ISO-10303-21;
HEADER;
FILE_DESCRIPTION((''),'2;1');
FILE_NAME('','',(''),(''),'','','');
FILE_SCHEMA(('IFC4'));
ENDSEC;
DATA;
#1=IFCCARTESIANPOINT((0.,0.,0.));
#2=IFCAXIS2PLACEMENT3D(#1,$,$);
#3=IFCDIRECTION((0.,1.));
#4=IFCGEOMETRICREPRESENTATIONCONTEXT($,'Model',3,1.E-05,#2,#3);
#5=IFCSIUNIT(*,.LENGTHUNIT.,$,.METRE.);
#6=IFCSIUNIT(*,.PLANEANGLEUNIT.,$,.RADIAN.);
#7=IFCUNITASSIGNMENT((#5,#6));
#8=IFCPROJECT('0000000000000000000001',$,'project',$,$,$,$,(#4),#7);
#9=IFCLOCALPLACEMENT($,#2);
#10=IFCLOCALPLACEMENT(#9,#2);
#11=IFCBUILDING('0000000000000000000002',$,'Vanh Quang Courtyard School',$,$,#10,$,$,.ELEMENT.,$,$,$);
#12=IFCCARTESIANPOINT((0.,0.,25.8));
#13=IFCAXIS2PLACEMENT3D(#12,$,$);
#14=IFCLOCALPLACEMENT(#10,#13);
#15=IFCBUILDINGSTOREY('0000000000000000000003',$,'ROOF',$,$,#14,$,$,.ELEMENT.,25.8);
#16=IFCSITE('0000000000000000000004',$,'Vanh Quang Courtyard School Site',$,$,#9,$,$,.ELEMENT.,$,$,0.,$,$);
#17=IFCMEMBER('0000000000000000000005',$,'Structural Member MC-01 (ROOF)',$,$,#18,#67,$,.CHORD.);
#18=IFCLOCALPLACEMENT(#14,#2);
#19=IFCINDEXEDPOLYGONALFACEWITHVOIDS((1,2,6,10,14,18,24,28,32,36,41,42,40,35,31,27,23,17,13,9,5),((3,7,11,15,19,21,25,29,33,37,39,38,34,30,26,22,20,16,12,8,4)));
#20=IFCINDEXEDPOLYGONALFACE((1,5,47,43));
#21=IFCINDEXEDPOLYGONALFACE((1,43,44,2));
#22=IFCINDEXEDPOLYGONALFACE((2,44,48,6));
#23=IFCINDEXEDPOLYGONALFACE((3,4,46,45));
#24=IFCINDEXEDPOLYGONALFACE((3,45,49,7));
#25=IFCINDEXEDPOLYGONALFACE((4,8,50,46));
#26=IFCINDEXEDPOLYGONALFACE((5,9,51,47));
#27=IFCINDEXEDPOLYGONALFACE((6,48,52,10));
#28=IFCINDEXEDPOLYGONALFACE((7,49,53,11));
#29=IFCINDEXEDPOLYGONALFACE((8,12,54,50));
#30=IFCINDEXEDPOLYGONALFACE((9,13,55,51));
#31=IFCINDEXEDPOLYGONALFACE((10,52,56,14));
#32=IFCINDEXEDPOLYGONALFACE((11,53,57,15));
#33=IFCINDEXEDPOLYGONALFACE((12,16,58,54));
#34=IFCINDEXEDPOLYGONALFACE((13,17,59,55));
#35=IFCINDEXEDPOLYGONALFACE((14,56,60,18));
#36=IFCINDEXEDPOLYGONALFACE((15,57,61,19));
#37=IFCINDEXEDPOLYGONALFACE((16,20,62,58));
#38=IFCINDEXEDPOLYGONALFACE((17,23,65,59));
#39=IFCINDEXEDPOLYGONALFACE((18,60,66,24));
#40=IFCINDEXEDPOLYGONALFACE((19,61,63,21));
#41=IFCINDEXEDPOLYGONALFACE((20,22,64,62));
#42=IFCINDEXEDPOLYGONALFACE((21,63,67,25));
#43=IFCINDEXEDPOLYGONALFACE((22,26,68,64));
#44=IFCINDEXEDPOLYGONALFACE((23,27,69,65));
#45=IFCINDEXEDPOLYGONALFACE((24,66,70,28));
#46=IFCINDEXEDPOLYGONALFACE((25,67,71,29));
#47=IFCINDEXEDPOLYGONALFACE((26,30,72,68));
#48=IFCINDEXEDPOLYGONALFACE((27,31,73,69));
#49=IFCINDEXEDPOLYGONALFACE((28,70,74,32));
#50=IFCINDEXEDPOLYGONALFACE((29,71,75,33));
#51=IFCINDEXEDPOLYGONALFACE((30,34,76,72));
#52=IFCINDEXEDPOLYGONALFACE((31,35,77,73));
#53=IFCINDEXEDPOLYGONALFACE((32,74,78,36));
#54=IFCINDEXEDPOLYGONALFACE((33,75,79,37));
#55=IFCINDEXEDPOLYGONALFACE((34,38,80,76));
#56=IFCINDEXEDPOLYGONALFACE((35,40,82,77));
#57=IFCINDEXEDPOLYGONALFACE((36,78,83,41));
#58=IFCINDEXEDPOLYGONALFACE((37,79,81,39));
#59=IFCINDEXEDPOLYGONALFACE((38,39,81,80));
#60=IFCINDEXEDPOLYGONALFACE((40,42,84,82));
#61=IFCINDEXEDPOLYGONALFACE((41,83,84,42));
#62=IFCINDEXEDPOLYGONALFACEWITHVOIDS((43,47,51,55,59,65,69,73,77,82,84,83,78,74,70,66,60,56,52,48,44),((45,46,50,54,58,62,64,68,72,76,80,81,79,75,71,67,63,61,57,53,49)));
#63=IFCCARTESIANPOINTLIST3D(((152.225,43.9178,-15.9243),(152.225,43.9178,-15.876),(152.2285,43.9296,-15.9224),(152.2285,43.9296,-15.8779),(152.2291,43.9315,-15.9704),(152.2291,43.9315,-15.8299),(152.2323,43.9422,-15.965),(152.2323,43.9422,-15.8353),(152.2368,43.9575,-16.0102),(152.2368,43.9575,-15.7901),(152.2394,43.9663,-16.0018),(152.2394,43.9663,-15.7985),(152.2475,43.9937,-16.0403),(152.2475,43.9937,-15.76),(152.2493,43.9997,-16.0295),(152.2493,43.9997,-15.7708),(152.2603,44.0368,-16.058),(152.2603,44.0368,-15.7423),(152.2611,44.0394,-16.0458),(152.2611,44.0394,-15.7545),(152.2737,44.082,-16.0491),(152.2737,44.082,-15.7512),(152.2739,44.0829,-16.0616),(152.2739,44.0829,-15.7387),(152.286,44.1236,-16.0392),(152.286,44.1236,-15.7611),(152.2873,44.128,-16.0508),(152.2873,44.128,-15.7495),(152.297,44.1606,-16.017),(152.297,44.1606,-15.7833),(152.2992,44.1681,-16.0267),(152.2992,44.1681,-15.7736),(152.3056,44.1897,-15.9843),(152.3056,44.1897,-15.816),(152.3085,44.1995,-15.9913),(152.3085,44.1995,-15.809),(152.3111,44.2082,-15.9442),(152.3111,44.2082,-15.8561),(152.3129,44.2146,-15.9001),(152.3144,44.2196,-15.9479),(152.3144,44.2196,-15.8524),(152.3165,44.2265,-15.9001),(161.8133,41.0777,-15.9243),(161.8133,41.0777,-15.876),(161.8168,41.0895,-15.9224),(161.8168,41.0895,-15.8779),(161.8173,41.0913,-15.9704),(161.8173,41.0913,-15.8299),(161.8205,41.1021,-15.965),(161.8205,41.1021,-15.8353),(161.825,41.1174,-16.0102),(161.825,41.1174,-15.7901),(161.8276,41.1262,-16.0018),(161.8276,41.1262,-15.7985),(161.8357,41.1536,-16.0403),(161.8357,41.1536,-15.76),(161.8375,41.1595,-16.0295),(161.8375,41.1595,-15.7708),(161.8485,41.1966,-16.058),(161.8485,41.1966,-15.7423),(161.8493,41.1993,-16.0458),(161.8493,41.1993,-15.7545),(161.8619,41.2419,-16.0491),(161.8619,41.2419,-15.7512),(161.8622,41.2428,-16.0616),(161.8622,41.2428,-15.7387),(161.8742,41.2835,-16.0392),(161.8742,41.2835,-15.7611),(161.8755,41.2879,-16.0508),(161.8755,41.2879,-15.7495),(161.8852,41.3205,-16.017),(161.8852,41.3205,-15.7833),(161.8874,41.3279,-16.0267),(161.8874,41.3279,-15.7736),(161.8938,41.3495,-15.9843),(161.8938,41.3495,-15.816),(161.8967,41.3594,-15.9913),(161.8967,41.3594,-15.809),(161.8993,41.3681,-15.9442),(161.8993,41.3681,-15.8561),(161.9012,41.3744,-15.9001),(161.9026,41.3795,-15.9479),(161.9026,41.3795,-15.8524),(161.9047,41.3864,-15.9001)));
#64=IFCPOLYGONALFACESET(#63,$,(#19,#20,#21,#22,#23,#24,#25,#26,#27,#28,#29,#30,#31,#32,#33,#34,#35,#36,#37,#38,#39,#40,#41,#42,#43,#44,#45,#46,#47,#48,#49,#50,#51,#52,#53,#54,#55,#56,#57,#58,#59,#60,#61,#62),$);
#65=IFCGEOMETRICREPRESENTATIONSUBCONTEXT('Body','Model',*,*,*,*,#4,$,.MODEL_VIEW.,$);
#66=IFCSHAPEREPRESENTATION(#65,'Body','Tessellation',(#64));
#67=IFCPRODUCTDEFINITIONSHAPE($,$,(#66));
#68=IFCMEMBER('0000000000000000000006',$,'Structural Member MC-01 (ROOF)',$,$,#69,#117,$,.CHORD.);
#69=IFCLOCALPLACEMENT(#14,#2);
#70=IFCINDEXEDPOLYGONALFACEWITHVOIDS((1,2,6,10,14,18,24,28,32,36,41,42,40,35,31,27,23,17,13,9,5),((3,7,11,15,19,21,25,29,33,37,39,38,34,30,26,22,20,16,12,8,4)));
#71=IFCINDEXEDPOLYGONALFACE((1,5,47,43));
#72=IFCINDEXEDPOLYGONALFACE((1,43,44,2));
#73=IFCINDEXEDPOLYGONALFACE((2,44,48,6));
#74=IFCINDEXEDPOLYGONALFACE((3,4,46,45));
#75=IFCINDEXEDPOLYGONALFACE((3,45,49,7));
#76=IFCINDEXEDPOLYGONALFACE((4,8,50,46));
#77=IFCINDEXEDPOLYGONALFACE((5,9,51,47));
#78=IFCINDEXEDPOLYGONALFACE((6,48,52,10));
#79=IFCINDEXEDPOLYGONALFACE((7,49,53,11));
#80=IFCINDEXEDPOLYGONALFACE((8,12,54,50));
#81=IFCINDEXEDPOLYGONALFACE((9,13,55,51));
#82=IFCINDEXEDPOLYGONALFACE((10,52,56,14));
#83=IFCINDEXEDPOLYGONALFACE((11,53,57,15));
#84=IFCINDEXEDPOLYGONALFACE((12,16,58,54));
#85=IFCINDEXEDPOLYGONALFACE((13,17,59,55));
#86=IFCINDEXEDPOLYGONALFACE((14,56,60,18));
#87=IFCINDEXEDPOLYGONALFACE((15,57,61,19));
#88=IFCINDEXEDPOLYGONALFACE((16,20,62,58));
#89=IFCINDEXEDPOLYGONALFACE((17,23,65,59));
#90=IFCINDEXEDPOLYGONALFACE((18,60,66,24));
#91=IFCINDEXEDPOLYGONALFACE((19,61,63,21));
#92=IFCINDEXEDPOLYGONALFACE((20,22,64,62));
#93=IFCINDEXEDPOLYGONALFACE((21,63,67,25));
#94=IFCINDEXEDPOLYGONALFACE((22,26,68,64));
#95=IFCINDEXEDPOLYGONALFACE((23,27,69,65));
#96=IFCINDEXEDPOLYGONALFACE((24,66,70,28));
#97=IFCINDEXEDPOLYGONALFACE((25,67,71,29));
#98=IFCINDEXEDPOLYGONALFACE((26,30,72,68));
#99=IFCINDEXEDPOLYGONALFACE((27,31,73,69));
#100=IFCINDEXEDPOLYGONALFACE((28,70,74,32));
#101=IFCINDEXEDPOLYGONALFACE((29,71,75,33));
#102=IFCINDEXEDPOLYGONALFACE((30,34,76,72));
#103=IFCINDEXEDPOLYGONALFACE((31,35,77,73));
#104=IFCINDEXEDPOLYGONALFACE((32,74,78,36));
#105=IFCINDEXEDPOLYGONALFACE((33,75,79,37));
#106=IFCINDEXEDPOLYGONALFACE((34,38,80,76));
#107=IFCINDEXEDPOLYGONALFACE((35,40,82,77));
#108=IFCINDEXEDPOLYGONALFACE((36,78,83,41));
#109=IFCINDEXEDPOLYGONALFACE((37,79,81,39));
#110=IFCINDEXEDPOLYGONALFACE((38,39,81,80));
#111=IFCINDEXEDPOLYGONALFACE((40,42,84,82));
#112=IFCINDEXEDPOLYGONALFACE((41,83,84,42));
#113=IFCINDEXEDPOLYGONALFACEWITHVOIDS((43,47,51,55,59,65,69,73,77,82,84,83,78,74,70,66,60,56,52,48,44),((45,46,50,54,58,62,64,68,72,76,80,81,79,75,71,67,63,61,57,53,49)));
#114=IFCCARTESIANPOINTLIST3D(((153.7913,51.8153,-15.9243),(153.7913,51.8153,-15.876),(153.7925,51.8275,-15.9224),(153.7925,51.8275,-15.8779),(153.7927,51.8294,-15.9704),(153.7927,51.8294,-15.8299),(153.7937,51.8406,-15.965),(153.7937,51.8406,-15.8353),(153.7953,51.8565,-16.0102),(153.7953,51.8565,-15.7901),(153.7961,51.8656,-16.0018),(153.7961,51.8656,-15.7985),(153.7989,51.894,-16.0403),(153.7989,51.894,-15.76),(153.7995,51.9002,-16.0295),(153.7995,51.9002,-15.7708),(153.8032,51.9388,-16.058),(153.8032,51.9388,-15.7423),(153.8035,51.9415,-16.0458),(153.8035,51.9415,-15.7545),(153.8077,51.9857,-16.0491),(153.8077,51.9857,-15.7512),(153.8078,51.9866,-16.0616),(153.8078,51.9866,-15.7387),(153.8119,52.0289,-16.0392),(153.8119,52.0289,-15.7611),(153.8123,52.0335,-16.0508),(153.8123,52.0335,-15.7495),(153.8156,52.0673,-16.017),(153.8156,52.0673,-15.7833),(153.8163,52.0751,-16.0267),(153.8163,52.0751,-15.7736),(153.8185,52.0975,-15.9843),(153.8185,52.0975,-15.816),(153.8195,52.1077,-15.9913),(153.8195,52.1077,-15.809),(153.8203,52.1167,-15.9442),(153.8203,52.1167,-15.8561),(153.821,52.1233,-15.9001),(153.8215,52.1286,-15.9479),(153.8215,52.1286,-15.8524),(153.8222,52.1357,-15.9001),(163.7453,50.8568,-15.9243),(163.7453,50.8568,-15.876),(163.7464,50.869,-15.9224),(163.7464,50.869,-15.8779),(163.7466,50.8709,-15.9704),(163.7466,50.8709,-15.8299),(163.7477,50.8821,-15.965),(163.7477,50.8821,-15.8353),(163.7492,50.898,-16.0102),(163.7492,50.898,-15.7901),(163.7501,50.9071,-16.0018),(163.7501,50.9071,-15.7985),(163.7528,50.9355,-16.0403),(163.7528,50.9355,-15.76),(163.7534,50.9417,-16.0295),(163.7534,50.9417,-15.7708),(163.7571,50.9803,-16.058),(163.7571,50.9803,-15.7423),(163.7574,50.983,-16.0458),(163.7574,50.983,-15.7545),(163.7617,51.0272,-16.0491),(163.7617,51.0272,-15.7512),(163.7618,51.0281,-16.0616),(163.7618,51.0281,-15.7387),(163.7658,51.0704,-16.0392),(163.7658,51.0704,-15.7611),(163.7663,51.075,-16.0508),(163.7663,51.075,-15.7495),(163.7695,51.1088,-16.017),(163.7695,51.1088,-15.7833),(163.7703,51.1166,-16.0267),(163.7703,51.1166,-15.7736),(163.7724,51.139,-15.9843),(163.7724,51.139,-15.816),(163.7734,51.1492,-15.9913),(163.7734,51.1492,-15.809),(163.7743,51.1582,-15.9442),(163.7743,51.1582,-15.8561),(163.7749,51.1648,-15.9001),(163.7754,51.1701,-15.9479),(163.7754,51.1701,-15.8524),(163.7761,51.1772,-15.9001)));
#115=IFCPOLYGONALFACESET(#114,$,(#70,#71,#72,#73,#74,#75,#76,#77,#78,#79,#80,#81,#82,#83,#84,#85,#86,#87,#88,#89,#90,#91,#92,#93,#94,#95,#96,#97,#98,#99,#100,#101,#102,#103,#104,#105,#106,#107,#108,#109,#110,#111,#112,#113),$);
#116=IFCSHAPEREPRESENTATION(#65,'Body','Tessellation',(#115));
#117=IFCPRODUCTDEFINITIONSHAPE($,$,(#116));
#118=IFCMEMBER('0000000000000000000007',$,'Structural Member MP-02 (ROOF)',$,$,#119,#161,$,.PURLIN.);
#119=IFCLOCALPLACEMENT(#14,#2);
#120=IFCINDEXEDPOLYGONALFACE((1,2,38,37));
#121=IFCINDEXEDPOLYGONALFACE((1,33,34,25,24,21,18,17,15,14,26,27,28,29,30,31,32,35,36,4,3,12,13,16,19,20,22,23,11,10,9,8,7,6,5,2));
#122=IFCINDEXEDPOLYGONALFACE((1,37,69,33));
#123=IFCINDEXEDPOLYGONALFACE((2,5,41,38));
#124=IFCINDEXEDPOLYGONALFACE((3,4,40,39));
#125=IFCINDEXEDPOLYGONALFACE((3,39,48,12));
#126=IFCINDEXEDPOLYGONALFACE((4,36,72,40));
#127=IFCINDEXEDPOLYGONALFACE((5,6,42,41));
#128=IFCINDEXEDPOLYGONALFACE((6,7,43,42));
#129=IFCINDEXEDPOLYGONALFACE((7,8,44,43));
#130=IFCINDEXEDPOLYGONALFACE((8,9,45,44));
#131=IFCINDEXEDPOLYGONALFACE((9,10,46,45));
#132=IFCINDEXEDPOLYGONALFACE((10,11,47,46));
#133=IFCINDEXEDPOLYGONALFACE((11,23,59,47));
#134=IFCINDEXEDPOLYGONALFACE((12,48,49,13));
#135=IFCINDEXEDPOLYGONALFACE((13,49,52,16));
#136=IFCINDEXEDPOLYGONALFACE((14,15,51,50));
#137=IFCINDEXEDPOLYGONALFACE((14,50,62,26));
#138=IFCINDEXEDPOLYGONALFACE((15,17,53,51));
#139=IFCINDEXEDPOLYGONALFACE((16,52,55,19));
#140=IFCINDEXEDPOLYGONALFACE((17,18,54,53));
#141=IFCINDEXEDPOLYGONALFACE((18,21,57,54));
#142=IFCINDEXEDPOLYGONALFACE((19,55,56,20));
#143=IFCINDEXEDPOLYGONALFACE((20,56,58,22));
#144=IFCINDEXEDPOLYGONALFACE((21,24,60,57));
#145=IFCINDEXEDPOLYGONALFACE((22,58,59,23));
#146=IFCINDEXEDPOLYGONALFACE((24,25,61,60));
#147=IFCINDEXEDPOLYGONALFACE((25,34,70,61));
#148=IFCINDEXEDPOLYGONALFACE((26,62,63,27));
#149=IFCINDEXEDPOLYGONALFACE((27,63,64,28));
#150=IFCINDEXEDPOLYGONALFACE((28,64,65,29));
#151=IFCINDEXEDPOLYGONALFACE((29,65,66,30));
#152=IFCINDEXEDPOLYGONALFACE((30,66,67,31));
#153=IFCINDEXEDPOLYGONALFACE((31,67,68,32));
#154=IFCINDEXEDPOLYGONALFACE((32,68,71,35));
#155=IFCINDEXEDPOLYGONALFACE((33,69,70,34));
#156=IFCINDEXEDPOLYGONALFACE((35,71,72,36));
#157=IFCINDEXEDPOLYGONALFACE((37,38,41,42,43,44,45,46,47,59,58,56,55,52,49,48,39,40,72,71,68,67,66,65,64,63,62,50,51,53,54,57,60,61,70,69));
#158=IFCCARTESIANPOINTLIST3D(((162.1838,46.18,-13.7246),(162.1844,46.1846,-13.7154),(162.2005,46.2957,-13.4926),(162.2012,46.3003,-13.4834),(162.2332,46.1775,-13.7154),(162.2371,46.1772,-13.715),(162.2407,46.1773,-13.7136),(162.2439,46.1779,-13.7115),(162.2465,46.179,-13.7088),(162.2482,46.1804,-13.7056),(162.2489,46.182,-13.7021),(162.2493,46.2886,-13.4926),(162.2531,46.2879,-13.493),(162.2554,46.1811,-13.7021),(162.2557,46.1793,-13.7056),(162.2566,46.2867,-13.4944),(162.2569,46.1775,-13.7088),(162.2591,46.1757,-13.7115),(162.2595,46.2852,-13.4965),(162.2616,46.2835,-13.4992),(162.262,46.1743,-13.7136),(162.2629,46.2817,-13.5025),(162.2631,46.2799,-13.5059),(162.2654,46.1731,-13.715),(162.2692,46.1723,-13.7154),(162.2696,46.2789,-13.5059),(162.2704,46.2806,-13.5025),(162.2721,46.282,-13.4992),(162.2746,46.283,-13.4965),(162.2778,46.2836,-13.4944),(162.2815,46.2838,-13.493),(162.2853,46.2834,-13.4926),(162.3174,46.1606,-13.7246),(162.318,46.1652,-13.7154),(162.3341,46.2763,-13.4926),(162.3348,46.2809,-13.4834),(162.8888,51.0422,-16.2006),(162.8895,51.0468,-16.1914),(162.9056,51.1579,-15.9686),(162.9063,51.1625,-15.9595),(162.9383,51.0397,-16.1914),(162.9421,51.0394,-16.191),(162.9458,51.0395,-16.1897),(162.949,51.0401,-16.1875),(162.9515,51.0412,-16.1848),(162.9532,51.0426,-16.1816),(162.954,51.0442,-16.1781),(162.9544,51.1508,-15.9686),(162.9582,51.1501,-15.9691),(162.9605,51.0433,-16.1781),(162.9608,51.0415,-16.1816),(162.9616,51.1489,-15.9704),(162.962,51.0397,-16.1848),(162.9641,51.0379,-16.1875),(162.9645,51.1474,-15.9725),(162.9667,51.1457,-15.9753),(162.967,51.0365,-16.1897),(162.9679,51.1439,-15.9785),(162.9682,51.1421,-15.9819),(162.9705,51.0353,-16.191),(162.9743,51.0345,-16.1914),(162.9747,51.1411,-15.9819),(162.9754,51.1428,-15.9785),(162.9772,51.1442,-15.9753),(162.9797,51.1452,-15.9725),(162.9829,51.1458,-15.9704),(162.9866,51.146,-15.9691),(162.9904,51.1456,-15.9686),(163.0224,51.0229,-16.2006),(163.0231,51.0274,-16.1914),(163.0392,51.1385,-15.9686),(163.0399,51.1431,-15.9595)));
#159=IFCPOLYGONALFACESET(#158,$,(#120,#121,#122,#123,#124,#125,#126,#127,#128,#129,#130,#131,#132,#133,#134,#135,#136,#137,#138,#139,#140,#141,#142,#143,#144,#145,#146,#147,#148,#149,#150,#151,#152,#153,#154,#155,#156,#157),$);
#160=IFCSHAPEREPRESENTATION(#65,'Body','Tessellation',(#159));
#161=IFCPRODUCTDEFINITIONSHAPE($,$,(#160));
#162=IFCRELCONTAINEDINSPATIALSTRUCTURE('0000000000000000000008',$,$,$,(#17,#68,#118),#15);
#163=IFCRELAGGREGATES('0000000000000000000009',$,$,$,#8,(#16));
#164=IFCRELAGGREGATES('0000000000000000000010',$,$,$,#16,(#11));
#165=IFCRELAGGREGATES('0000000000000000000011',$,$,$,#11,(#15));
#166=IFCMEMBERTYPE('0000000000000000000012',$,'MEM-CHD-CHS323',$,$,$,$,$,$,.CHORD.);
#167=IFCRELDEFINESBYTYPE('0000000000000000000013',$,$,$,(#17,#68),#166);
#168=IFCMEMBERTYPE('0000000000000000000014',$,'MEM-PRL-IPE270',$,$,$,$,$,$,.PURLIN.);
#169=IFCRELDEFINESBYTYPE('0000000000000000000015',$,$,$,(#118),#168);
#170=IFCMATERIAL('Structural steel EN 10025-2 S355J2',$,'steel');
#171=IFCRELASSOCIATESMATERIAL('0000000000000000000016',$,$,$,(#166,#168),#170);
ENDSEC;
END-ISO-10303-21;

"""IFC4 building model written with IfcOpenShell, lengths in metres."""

from ifc_helpers import new_model, si_unit, direction, frame, origin, origin_2d, place, context, subcontext, project, spatial, hollow_circle, i_section, extrude, material, material_profile, profile_set, type_object, element, save


model = new_model("IFC4")

# Units and contexts
model_context = context("Model", 3, precision=1e-05, world=origin(), true_north=direction((0.0, 1.0)))
body_context = subcontext(model_context, "Body", "Model", "MODEL_VIEW")
ifc_project = project(units=[si_unit("LENGTHUNIT", "METRE"), si_unit("PLANEANGLEUNIT", "RADIAN")], contexts=[model_context])

# Site, building, storey
site_placement = place(None, origin())
site = spatial("IfcSite", under=ifc_project, at=site_placement, Name="Vanh Quang Courtyard School Site", CompositionType="ELEMENT", RefElevation=0.0)
building_placement = place(site_placement, origin())
building = spatial("IfcBuilding", under=site, at=building_placement, Name="Vanh Quang Courtyard School", CompositionType="ELEMENT")
storey_placement = place(building_placement, frame((0.0, 0.0, 25.8)))
storey = spatial("IfcBuildingStorey", under=building, at=storey_placement, Name="ROOF", CompositionType="ELEMENT", Elevation=25.8)

# Shared definitions
ifc_material_1 = material(Name="Structural steel EN 10025-2 S355J2", Category="steel")

# Members
ifc_material_profile_1 = material_profile(ifc_material_1, hollow_circle(Radius=0.1619, WallThickness=0.0125, at=origin_2d()), Name="CHS 323.9x12.5")
ifc_profile_set_1 = profile_set([ifc_material_profile_1], Name="Structural steel EN 10025-2 S355J2")
member_type_1 = type_object("IfcMemberType", Name="MEM-CHD-CHS323", PredefinedType="CHORD", material=ifc_profile_set_1)
for number, where, z_axis, x_axis, name in (
    (1, (152.2705, 44.0713, -15.9001), (0.958821, -0.284011, 0.0), (0.284011, 0.958821, 0.0), "Structural Member MC-01 (ROOF)"),
    (2, (153.8066, 51.9746, -15.9001), (0.995396, -0.095851, 0.0), (0.095851, 0.995396, 0.0), "Structural Member MC-01 (ROOF)"),
):
    element("IfcMember", number, at=place(storey_placement, frame(where, z_axis=z_axis, x_axis=x_axis)), inside=storey, type_object=member_type_1, Name=name, PredefinedType="CHORD", context=body_context, shape_type="SweptSolid", body=[
        extrude(hollow_circle(Radius=0.1619, WallThickness=0.0125, at=origin_2d()), origin(), (0.0, 0.0, 1.0), 10.0),
    ])
ifc_material_profile_2 = material_profile(ifc_material_1, i_section(OverallWidth=0.135, OverallDepth=0.27, WebThickness=0.0066, FlangeThickness=0.0103, FilletRadius=0.0149, at=origin_2d()), Name="IPE 270")
ifc_profile_set_2 = profile_set([ifc_material_profile_2], Name="Structural steel EN 10025-2 S355J2")
member_type_2 = type_object("IfcMemberType", Name="MEM-PRL-IPE270", PredefinedType="PURLIN", material=ifc_profile_set_2)
member_1_placement = place(storey_placement, frame((162.2593, 46.2305, -13.604), z_axis=(0.128153, 0.883762, -0.450046), x_axis=(-0.989649, 0.143508, 0.0)))
element("IfcMember", 3, at=member_1_placement, inside=storey, type_object=member_type_2, Name="Structural Member MP-02 (ROOF)", PredefinedType="PURLIN", context=body_context, shape_type="SweptSolid", body=[
    extrude(i_section(OverallWidth=0.135, OverallDepth=0.27, WebThickness=0.0066, FlangeThickness=0.0103, FilletRadius=0.0149, at=origin_2d()), origin(), (0.0, 0.0, 1.0), 5.5017),
])

save(model, "model.ifc")
